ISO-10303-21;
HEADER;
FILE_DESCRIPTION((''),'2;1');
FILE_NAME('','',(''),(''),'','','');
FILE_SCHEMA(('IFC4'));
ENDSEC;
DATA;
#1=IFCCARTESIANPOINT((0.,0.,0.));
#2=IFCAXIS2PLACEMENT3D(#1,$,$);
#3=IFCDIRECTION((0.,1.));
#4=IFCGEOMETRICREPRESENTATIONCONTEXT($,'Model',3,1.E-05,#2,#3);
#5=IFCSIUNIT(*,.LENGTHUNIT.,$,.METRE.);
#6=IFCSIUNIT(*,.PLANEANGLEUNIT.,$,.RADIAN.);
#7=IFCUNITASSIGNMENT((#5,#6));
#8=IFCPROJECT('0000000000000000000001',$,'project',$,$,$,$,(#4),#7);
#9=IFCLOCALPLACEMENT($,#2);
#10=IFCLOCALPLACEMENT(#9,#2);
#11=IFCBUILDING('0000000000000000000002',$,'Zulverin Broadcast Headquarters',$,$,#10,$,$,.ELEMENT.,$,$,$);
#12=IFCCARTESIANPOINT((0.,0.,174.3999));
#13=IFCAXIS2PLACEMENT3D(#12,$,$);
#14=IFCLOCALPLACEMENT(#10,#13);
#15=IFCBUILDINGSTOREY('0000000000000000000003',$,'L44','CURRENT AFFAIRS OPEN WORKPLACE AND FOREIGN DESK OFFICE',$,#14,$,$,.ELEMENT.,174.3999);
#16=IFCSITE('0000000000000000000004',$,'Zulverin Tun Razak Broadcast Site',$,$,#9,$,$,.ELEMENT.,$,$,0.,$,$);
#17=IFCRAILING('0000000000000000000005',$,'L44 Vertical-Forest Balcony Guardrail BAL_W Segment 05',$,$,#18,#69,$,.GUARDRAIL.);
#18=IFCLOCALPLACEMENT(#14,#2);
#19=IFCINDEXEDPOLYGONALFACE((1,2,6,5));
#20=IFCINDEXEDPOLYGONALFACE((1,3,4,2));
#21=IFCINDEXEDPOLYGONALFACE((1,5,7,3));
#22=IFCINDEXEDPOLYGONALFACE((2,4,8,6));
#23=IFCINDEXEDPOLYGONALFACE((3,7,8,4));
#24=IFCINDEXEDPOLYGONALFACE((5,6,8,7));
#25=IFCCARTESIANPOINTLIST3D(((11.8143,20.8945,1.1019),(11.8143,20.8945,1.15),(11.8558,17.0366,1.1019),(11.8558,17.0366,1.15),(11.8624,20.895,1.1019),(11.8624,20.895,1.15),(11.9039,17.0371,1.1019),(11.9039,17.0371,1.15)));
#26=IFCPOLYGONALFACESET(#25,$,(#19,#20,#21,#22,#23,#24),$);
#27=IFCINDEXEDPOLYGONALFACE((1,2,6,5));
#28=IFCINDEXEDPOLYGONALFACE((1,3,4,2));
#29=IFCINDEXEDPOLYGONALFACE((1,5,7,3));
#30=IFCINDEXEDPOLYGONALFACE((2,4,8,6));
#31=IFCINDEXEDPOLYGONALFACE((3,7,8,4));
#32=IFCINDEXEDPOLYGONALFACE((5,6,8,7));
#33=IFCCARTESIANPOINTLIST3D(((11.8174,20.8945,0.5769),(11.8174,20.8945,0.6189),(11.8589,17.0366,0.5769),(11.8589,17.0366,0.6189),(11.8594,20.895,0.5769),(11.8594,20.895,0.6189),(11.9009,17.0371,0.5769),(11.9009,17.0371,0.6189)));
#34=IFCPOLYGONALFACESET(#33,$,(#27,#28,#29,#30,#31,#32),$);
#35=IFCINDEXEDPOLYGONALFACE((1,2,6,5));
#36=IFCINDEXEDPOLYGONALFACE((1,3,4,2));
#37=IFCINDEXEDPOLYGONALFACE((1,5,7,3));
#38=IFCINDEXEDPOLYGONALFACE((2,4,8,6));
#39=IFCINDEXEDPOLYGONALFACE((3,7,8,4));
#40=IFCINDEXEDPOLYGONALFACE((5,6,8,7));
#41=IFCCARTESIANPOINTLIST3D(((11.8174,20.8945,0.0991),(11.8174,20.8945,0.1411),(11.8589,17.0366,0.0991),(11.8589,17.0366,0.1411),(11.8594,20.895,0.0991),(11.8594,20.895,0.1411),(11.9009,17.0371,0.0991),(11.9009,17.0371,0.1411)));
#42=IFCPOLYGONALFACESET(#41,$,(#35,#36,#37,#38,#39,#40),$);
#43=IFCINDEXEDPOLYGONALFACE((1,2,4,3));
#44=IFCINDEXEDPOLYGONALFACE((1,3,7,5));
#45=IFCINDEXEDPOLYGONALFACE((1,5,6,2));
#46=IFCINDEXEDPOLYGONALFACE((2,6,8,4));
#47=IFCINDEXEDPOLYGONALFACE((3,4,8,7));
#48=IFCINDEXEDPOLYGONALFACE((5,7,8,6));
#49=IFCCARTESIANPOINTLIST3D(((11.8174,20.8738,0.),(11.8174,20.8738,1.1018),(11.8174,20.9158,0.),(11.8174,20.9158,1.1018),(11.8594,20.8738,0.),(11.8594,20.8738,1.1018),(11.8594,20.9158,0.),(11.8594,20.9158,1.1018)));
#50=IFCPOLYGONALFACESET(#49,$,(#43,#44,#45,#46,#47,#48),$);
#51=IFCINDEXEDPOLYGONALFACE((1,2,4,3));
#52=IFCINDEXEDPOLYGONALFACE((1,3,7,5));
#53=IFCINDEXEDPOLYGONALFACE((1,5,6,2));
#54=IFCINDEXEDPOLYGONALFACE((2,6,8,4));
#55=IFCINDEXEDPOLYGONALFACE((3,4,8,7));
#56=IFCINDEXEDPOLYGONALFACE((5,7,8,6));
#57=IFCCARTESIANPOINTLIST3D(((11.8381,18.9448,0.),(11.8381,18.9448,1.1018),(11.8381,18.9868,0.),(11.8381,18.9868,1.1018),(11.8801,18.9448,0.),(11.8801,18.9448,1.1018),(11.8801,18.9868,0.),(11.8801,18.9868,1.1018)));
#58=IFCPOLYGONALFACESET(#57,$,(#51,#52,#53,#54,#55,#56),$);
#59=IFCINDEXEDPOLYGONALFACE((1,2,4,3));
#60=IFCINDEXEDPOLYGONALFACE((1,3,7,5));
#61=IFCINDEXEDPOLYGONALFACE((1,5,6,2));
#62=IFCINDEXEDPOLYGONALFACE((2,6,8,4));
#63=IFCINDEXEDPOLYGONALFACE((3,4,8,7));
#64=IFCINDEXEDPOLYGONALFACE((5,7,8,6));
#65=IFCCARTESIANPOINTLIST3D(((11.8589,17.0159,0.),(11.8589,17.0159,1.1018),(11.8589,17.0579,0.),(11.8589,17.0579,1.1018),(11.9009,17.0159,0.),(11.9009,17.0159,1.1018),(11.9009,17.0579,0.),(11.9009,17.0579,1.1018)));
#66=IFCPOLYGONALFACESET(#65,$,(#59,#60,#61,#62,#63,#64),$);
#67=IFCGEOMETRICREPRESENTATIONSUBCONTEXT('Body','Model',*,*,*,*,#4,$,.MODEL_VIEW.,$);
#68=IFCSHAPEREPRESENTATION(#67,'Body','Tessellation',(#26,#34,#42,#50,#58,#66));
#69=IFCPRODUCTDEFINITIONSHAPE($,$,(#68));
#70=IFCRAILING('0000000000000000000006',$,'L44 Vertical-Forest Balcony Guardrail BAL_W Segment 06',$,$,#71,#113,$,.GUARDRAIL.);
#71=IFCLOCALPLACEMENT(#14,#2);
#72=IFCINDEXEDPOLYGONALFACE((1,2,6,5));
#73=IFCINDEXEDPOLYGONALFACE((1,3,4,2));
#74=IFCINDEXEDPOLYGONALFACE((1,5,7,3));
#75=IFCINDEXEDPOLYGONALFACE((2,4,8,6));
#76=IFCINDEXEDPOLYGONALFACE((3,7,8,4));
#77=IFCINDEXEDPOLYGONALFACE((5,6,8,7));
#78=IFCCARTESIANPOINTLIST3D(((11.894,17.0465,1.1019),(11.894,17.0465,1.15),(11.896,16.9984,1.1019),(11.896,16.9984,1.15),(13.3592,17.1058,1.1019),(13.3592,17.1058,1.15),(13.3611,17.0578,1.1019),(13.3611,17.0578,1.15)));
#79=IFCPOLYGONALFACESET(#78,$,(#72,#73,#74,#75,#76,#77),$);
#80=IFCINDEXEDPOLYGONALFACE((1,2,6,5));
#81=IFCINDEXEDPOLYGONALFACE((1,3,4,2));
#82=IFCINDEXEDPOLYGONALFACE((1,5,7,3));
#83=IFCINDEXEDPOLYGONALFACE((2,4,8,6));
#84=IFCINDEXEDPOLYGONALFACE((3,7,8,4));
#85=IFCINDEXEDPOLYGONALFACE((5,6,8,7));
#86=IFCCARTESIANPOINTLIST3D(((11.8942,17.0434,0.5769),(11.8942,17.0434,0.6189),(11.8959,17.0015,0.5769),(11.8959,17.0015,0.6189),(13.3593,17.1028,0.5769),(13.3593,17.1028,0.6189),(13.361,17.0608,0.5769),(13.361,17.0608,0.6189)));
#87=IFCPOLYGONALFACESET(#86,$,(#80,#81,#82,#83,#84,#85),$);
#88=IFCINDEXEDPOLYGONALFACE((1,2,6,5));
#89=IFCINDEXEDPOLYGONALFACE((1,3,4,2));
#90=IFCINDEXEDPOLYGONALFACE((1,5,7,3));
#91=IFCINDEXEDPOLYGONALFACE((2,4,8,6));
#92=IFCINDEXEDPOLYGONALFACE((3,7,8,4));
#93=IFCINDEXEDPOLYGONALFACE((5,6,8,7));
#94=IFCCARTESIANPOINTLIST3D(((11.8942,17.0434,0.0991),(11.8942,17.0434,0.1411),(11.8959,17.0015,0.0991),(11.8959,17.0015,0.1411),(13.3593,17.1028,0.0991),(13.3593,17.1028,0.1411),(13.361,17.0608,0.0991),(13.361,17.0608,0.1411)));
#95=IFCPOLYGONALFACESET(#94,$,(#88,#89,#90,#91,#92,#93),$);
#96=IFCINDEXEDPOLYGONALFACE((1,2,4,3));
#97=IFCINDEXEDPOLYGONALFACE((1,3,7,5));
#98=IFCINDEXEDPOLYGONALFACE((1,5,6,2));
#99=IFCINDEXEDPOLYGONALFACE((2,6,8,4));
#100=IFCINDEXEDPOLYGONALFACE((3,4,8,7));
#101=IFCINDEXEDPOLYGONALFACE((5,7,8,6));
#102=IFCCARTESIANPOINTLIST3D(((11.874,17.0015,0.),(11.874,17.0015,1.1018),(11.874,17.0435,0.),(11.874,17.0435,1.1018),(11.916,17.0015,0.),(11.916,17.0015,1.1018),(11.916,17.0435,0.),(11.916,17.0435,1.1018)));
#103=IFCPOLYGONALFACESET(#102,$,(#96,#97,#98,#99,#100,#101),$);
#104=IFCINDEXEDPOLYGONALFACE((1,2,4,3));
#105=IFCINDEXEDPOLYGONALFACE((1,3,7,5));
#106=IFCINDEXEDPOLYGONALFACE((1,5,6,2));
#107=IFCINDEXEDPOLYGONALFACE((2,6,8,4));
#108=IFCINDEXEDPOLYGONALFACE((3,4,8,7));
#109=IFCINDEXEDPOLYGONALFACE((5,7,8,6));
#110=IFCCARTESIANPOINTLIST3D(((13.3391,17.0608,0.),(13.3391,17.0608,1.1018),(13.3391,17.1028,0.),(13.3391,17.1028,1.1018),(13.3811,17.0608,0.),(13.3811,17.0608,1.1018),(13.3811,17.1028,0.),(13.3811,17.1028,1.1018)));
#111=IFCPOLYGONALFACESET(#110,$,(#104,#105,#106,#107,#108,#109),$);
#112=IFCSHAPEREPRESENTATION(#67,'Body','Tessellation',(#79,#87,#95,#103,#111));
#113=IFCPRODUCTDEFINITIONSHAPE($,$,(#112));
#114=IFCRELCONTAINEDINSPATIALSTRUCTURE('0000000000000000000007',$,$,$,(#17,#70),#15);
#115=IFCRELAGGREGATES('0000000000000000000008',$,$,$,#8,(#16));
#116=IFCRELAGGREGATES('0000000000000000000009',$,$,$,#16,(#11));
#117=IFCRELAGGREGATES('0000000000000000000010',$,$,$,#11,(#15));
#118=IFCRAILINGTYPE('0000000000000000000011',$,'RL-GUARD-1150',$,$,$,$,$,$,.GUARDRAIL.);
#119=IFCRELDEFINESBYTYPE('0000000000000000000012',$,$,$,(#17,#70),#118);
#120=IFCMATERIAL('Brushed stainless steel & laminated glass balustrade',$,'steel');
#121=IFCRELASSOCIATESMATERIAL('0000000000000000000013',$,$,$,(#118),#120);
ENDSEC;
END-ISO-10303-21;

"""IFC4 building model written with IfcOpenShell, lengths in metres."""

from ifc_helpers import new_model, si_unit, direction, frame, origin, origin_2d, place, context, subcontext, project, spatial, rectangle, extrude, material, type_object, element, save


model = new_model("IFC4")

# Units and contexts
model_context = context("Model", 3, precision=1e-05, world=origin(), true_north=direction((0.0, 1.0)))
body_context = subcontext(model_context, "Body", "Model", "MODEL_VIEW")
ifc_project = project(units=[si_unit("LENGTHUNIT", "METRE"), si_unit("PLANEANGLEUNIT", "RADIAN")], contexts=[model_context])

# Site, building, storey
site_placement = place(None, origin())
site = spatial("IfcSite", under=ifc_project, at=site_placement, Name="Zulverin Tun Razak Broadcast Site", CompositionType="ELEMENT", RefElevation=0.0)
building_placement = place(site_placement, origin())
building = spatial("IfcBuilding", under=site, at=building_placement, Name="Zulverin Broadcast Headquarters", CompositionType="ELEMENT")
storey_placement = place(building_placement, frame((0.0, 0.0, 174.3999)))
storey = spatial("IfcBuildingStorey", under=building, at=storey_placement, Name="L44", Description="CURRENT AFFAIRS OPEN WORKPLACE AND FOREIGN DESK OFFICE", CompositionType="ELEMENT", Elevation=174.3999)

# Railings
ifc_material_1 = material(Name="Brushed stainless steel & laminated glass balustrade", Category="steel")
railing_type = type_object("IfcRailingType", Name="RL-GUARD-1150", PredefinedType="GUARDRAIL", material=ifc_material_1)
railing_1_placement = place(storey_placement, frame((11.8384, 20.8948, 0.0)))
element("IfcRailing", 1, at=railing_1_placement, inside=storey, type_object=railing_type, Name="L44 Vertical-Forest Balcony Guardrail BAL_W Segment 05", PredefinedType="GUARDRAIL", context=body_context, shape_type="SweptSolid", body=[
    extrude(rectangle(XDim=0.0481, YDim=0.0481, at=origin_2d()), frame((0.0, 0.0, 1.126), z_axis=(0.010758, -0.999942, 0.0), x_axis=(0.999942, 0.010758, 0.0)), (0.0, 0.0, 1.0), 3.8582),
    extrude(rectangle(XDim=0.042, YDim=0.042, at=origin_2d()), frame((0.0, 0.0, 0.5979), z_axis=(0.010758, -0.999942, 0.0), x_axis=(0.999942, 0.010758, 0.0)), (0.0, 0.0, 1.0), 3.8582),
    extrude(rectangle(XDim=0.042, YDim=0.042, at=origin_2d()), frame((0.0, 0.0, 0.1201), z_axis=(0.010758, -0.999942, 0.0), x_axis=(0.999942, 0.010758, 0.0)), (0.0, 0.0, 1.0), 3.8582),
    extrude(rectangle(XDim=0.042, YDim=0.042, at=origin_2d()), origin(), (0.0, 0.0, 1.0), 1.1018),
    extrude(rectangle(XDim=0.042, YDim=0.042, at=origin_2d()), frame((0.0208, -1.929, 0.0)), (0.0, 0.0, 1.0), 1.1018),
    extrude(rectangle(XDim=0.042, YDim=0.042, at=origin_2d()), frame((0.0415, -3.8579, 0.0)), (0.0, 0.0, 1.0), 1.1018),
])
railing_2_placement = place(storey_placement, frame((11.895, 17.0225, 0.0)))
element("IfcRailing", 2, at=railing_2_placement, inside=storey, type_object=railing_type, Name="L44 Vertical-Forest Balcony Guardrail BAL_W Segment 06", PredefinedType="GUARDRAIL", context=body_context, shape_type="SweptSolid", body=[
    extrude(rectangle(XDim=0.0481, YDim=0.0481, at=origin_2d()), frame((0.0, 0.0, 1.126), z_axis=(0.999181, 0.04046, 0.0), x_axis=(-0.04046, 0.999181, 0.0)), (0.0, 0.0, 1.0), 1.4663),
    extrude(rectangle(XDim=0.042, YDim=0.042, at=origin_2d()), frame((0.0, 0.0, 0.5979), z_axis=(0.999181, 0.04046, 0.0), x_axis=(-0.04046, 0.999181, 0.0)), (0.0, 0.0, 1.0), 1.4663),
    extrude(rectangle(XDim=0.042, YDim=0.042, at=origin_2d()), frame((0.0, 0.0, 0.1201), z_axis=(0.999181, 0.04046, 0.0), x_axis=(-0.04046, 0.999181, 0.0)), (0.0, 0.0, 1.0), 1.4663),
    extrude(rectangle(XDim=0.042, YDim=0.042, at=origin_2d()), origin(), (0.0, 0.0, 1.0), 1.1018),
    extrude(rectangle(XDim=0.042, YDim=0.042, at=origin_2d()), frame((1.4651, 0.0593, 0.0)), (0.0, 0.0, 1.0), 1.1018),
])

save(model, "model.ifc")
